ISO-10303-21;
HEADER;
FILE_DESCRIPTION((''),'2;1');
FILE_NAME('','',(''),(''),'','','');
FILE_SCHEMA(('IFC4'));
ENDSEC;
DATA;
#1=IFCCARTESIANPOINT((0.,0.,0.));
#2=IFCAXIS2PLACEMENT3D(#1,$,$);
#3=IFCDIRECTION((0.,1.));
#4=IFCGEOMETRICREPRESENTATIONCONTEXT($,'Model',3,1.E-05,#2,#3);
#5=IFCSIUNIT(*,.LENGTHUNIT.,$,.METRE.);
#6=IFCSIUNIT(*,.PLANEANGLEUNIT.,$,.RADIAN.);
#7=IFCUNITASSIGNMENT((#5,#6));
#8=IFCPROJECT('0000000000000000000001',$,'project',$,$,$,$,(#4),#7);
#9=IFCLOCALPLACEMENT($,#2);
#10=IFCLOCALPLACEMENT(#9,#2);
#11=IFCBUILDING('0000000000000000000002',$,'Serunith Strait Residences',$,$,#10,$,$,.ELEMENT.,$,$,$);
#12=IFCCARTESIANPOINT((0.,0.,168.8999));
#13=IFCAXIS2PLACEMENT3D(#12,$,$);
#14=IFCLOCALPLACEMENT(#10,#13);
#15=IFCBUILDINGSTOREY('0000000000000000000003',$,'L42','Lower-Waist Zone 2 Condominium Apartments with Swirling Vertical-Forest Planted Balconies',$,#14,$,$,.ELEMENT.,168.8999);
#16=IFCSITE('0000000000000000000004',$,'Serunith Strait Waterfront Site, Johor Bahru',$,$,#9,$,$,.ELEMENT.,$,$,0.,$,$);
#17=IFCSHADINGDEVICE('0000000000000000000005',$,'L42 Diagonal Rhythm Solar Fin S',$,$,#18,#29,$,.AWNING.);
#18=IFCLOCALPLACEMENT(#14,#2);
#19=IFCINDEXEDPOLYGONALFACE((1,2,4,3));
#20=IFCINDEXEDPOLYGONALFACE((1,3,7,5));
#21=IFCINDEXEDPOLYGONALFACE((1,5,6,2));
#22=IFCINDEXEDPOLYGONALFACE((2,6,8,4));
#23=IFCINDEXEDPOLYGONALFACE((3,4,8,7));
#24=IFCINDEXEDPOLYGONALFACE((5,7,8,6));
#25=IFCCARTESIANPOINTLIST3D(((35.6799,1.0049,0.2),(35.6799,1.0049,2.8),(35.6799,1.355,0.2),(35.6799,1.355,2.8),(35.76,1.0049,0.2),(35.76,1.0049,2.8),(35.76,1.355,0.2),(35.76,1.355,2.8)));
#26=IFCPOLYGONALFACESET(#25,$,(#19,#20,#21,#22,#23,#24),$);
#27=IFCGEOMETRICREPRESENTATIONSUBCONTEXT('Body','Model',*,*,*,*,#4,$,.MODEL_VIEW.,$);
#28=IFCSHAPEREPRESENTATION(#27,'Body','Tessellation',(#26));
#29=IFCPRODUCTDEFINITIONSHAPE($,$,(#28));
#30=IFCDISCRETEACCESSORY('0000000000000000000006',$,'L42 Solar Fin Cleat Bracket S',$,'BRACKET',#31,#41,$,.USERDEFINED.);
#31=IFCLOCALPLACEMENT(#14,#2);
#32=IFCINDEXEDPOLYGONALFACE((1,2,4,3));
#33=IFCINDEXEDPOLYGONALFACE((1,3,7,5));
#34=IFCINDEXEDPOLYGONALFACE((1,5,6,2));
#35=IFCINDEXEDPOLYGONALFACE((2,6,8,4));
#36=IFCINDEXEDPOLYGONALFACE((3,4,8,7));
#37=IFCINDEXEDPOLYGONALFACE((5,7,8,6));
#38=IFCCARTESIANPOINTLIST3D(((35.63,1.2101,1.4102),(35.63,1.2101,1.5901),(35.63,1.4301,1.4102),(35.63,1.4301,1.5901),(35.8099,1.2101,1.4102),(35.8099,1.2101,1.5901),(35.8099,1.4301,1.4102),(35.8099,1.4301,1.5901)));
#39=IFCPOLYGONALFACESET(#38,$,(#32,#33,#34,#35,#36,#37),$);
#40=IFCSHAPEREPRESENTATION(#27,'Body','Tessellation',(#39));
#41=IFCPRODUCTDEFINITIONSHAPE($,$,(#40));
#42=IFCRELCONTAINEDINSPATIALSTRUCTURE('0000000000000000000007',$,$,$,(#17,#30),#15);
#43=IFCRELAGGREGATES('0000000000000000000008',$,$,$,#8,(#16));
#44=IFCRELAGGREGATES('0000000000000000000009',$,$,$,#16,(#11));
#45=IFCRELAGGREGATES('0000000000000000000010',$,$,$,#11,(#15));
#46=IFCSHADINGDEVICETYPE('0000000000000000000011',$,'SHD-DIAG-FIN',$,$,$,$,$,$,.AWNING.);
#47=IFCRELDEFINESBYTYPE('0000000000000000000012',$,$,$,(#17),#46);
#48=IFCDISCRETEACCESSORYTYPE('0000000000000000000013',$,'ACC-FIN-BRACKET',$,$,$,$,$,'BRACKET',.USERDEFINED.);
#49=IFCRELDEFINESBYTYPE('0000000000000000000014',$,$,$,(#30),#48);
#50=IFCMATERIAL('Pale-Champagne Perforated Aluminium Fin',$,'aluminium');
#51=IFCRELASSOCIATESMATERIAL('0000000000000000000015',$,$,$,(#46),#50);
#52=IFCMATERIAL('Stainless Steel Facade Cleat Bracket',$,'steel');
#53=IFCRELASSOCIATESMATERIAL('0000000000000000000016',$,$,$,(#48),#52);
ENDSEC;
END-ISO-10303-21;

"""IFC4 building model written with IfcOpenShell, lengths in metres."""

from ifc_helpers import new_model, si_unit, direction, frame, origin, origin_2d, place, context, subcontext, project, spatial, rectangle, extrude, source, transform, mapped, material, type_object, element, save


model = new_model("IFC4")

# Units and contexts
model_context = context("Model", 3, precision=1e-05, world=origin(), true_north=direction((0.0, 1.0)))
body_context = subcontext(model_context, "Body", "Model", "MODEL_VIEW")
ifc_project = project(units=[si_unit("LENGTHUNIT", "METRE"), si_unit("PLANEANGLEUNIT", "RADIAN")], contexts=[model_context])

# Site, building, storey
site_placement = place(None, origin())
site = spatial("IfcSite", under=ifc_project, at=site_placement, Name="Serunith Strait Waterfront Site, Johor Bahru", CompositionType="ELEMENT", RefElevation=0.0)
building_placement = place(site_placement, origin())
building = spatial("IfcBuilding", under=site, at=building_placement, Name="Serunith Strait Residences", CompositionType="ELEMENT")
storey_placement = place(building_placement, frame((0.0, 0.0, 168.8999)))
storey = spatial("IfcBuildingStorey", under=building, at=storey_placement, Name="L42", Description="Lower-Waist Zone 2 Condominium Apartments with Swirling Vertical-Forest Planted Balconies", CompositionType="ELEMENT", Elevation=168.8999)

# Shading device
ifc_material_1 = material(Name="Pale-Champagne Perforated Aluminium Fin", Category="aluminium")
shading_device_type = type_object("IfcShadingDeviceType", Name="SHD-DIAG-FIN", PredefinedType="AWNING", material=ifc_material_1)
shared_shape_1 = source(origin(), body_context, "Body", "SweptSolid", [
    extrude(rectangle(XDim=0.0801, YDim=0.3501, at=origin_2d()), origin(), (0.0, 0.0, 1.0), 2.6001),
])
shading_device_placement = place(storey_placement, frame((35.72, 1.1799, 0.2), z_axis=(0.0, 0.0, 1.0), x_axis=(1.0, 0.0, 0.0)))
element("IfcShadingDevice", 1, at=shading_device_placement, inside=storey, type_object=shading_device_type, Name="L42 Diagonal Rhythm Solar Fin S", PredefinedType="AWNING", context=body_context, shape_type="MappedRepresentation", body=[
    mapped(shared_shape_1, transform((0.0, 0.0, 0.0), scale=1.0)),
])

# Discrete accessory
ifc_material_2 = material(Name="Stainless Steel Facade Cleat Bracket", Category="steel")
discrete_accessory_type = type_object("IfcDiscreteAccessoryType", Name="ACC-FIN-BRACKET", ElementType="BRACKET", PredefinedType="USERDEFINED", material=ifc_material_2)
shared_shape_2 = source(origin(), body_context, "Body", "SweptSolid", [
    extrude(rectangle(XDim=0.1799, YDim=0.22, at=origin_2d()), origin(), (0.0, 0.0, 1.0), 0.1799),
])
discrete_accessory_placement = place(storey_placement, frame((35.72, 1.3201, 1.4102), z_axis=(0.0, 0.0, 1.0), x_axis=(1.0, 0.0, 0.0)))
element("IfcDiscreteAccessory", 2, at=discrete_accessory_placement, inside=storey, type_object=discrete_accessory_type, Name="L42 Solar Fin Cleat Bracket S", ObjectType="BRACKET", PredefinedType="USERDEFINED", context=body_context, shape_type="MappedRepresentation", body=[
    mapped(shared_shape_2, transform((0.0, 0.0, 0.0), scale=1.0)),
])

save(model, "model.ifc")
